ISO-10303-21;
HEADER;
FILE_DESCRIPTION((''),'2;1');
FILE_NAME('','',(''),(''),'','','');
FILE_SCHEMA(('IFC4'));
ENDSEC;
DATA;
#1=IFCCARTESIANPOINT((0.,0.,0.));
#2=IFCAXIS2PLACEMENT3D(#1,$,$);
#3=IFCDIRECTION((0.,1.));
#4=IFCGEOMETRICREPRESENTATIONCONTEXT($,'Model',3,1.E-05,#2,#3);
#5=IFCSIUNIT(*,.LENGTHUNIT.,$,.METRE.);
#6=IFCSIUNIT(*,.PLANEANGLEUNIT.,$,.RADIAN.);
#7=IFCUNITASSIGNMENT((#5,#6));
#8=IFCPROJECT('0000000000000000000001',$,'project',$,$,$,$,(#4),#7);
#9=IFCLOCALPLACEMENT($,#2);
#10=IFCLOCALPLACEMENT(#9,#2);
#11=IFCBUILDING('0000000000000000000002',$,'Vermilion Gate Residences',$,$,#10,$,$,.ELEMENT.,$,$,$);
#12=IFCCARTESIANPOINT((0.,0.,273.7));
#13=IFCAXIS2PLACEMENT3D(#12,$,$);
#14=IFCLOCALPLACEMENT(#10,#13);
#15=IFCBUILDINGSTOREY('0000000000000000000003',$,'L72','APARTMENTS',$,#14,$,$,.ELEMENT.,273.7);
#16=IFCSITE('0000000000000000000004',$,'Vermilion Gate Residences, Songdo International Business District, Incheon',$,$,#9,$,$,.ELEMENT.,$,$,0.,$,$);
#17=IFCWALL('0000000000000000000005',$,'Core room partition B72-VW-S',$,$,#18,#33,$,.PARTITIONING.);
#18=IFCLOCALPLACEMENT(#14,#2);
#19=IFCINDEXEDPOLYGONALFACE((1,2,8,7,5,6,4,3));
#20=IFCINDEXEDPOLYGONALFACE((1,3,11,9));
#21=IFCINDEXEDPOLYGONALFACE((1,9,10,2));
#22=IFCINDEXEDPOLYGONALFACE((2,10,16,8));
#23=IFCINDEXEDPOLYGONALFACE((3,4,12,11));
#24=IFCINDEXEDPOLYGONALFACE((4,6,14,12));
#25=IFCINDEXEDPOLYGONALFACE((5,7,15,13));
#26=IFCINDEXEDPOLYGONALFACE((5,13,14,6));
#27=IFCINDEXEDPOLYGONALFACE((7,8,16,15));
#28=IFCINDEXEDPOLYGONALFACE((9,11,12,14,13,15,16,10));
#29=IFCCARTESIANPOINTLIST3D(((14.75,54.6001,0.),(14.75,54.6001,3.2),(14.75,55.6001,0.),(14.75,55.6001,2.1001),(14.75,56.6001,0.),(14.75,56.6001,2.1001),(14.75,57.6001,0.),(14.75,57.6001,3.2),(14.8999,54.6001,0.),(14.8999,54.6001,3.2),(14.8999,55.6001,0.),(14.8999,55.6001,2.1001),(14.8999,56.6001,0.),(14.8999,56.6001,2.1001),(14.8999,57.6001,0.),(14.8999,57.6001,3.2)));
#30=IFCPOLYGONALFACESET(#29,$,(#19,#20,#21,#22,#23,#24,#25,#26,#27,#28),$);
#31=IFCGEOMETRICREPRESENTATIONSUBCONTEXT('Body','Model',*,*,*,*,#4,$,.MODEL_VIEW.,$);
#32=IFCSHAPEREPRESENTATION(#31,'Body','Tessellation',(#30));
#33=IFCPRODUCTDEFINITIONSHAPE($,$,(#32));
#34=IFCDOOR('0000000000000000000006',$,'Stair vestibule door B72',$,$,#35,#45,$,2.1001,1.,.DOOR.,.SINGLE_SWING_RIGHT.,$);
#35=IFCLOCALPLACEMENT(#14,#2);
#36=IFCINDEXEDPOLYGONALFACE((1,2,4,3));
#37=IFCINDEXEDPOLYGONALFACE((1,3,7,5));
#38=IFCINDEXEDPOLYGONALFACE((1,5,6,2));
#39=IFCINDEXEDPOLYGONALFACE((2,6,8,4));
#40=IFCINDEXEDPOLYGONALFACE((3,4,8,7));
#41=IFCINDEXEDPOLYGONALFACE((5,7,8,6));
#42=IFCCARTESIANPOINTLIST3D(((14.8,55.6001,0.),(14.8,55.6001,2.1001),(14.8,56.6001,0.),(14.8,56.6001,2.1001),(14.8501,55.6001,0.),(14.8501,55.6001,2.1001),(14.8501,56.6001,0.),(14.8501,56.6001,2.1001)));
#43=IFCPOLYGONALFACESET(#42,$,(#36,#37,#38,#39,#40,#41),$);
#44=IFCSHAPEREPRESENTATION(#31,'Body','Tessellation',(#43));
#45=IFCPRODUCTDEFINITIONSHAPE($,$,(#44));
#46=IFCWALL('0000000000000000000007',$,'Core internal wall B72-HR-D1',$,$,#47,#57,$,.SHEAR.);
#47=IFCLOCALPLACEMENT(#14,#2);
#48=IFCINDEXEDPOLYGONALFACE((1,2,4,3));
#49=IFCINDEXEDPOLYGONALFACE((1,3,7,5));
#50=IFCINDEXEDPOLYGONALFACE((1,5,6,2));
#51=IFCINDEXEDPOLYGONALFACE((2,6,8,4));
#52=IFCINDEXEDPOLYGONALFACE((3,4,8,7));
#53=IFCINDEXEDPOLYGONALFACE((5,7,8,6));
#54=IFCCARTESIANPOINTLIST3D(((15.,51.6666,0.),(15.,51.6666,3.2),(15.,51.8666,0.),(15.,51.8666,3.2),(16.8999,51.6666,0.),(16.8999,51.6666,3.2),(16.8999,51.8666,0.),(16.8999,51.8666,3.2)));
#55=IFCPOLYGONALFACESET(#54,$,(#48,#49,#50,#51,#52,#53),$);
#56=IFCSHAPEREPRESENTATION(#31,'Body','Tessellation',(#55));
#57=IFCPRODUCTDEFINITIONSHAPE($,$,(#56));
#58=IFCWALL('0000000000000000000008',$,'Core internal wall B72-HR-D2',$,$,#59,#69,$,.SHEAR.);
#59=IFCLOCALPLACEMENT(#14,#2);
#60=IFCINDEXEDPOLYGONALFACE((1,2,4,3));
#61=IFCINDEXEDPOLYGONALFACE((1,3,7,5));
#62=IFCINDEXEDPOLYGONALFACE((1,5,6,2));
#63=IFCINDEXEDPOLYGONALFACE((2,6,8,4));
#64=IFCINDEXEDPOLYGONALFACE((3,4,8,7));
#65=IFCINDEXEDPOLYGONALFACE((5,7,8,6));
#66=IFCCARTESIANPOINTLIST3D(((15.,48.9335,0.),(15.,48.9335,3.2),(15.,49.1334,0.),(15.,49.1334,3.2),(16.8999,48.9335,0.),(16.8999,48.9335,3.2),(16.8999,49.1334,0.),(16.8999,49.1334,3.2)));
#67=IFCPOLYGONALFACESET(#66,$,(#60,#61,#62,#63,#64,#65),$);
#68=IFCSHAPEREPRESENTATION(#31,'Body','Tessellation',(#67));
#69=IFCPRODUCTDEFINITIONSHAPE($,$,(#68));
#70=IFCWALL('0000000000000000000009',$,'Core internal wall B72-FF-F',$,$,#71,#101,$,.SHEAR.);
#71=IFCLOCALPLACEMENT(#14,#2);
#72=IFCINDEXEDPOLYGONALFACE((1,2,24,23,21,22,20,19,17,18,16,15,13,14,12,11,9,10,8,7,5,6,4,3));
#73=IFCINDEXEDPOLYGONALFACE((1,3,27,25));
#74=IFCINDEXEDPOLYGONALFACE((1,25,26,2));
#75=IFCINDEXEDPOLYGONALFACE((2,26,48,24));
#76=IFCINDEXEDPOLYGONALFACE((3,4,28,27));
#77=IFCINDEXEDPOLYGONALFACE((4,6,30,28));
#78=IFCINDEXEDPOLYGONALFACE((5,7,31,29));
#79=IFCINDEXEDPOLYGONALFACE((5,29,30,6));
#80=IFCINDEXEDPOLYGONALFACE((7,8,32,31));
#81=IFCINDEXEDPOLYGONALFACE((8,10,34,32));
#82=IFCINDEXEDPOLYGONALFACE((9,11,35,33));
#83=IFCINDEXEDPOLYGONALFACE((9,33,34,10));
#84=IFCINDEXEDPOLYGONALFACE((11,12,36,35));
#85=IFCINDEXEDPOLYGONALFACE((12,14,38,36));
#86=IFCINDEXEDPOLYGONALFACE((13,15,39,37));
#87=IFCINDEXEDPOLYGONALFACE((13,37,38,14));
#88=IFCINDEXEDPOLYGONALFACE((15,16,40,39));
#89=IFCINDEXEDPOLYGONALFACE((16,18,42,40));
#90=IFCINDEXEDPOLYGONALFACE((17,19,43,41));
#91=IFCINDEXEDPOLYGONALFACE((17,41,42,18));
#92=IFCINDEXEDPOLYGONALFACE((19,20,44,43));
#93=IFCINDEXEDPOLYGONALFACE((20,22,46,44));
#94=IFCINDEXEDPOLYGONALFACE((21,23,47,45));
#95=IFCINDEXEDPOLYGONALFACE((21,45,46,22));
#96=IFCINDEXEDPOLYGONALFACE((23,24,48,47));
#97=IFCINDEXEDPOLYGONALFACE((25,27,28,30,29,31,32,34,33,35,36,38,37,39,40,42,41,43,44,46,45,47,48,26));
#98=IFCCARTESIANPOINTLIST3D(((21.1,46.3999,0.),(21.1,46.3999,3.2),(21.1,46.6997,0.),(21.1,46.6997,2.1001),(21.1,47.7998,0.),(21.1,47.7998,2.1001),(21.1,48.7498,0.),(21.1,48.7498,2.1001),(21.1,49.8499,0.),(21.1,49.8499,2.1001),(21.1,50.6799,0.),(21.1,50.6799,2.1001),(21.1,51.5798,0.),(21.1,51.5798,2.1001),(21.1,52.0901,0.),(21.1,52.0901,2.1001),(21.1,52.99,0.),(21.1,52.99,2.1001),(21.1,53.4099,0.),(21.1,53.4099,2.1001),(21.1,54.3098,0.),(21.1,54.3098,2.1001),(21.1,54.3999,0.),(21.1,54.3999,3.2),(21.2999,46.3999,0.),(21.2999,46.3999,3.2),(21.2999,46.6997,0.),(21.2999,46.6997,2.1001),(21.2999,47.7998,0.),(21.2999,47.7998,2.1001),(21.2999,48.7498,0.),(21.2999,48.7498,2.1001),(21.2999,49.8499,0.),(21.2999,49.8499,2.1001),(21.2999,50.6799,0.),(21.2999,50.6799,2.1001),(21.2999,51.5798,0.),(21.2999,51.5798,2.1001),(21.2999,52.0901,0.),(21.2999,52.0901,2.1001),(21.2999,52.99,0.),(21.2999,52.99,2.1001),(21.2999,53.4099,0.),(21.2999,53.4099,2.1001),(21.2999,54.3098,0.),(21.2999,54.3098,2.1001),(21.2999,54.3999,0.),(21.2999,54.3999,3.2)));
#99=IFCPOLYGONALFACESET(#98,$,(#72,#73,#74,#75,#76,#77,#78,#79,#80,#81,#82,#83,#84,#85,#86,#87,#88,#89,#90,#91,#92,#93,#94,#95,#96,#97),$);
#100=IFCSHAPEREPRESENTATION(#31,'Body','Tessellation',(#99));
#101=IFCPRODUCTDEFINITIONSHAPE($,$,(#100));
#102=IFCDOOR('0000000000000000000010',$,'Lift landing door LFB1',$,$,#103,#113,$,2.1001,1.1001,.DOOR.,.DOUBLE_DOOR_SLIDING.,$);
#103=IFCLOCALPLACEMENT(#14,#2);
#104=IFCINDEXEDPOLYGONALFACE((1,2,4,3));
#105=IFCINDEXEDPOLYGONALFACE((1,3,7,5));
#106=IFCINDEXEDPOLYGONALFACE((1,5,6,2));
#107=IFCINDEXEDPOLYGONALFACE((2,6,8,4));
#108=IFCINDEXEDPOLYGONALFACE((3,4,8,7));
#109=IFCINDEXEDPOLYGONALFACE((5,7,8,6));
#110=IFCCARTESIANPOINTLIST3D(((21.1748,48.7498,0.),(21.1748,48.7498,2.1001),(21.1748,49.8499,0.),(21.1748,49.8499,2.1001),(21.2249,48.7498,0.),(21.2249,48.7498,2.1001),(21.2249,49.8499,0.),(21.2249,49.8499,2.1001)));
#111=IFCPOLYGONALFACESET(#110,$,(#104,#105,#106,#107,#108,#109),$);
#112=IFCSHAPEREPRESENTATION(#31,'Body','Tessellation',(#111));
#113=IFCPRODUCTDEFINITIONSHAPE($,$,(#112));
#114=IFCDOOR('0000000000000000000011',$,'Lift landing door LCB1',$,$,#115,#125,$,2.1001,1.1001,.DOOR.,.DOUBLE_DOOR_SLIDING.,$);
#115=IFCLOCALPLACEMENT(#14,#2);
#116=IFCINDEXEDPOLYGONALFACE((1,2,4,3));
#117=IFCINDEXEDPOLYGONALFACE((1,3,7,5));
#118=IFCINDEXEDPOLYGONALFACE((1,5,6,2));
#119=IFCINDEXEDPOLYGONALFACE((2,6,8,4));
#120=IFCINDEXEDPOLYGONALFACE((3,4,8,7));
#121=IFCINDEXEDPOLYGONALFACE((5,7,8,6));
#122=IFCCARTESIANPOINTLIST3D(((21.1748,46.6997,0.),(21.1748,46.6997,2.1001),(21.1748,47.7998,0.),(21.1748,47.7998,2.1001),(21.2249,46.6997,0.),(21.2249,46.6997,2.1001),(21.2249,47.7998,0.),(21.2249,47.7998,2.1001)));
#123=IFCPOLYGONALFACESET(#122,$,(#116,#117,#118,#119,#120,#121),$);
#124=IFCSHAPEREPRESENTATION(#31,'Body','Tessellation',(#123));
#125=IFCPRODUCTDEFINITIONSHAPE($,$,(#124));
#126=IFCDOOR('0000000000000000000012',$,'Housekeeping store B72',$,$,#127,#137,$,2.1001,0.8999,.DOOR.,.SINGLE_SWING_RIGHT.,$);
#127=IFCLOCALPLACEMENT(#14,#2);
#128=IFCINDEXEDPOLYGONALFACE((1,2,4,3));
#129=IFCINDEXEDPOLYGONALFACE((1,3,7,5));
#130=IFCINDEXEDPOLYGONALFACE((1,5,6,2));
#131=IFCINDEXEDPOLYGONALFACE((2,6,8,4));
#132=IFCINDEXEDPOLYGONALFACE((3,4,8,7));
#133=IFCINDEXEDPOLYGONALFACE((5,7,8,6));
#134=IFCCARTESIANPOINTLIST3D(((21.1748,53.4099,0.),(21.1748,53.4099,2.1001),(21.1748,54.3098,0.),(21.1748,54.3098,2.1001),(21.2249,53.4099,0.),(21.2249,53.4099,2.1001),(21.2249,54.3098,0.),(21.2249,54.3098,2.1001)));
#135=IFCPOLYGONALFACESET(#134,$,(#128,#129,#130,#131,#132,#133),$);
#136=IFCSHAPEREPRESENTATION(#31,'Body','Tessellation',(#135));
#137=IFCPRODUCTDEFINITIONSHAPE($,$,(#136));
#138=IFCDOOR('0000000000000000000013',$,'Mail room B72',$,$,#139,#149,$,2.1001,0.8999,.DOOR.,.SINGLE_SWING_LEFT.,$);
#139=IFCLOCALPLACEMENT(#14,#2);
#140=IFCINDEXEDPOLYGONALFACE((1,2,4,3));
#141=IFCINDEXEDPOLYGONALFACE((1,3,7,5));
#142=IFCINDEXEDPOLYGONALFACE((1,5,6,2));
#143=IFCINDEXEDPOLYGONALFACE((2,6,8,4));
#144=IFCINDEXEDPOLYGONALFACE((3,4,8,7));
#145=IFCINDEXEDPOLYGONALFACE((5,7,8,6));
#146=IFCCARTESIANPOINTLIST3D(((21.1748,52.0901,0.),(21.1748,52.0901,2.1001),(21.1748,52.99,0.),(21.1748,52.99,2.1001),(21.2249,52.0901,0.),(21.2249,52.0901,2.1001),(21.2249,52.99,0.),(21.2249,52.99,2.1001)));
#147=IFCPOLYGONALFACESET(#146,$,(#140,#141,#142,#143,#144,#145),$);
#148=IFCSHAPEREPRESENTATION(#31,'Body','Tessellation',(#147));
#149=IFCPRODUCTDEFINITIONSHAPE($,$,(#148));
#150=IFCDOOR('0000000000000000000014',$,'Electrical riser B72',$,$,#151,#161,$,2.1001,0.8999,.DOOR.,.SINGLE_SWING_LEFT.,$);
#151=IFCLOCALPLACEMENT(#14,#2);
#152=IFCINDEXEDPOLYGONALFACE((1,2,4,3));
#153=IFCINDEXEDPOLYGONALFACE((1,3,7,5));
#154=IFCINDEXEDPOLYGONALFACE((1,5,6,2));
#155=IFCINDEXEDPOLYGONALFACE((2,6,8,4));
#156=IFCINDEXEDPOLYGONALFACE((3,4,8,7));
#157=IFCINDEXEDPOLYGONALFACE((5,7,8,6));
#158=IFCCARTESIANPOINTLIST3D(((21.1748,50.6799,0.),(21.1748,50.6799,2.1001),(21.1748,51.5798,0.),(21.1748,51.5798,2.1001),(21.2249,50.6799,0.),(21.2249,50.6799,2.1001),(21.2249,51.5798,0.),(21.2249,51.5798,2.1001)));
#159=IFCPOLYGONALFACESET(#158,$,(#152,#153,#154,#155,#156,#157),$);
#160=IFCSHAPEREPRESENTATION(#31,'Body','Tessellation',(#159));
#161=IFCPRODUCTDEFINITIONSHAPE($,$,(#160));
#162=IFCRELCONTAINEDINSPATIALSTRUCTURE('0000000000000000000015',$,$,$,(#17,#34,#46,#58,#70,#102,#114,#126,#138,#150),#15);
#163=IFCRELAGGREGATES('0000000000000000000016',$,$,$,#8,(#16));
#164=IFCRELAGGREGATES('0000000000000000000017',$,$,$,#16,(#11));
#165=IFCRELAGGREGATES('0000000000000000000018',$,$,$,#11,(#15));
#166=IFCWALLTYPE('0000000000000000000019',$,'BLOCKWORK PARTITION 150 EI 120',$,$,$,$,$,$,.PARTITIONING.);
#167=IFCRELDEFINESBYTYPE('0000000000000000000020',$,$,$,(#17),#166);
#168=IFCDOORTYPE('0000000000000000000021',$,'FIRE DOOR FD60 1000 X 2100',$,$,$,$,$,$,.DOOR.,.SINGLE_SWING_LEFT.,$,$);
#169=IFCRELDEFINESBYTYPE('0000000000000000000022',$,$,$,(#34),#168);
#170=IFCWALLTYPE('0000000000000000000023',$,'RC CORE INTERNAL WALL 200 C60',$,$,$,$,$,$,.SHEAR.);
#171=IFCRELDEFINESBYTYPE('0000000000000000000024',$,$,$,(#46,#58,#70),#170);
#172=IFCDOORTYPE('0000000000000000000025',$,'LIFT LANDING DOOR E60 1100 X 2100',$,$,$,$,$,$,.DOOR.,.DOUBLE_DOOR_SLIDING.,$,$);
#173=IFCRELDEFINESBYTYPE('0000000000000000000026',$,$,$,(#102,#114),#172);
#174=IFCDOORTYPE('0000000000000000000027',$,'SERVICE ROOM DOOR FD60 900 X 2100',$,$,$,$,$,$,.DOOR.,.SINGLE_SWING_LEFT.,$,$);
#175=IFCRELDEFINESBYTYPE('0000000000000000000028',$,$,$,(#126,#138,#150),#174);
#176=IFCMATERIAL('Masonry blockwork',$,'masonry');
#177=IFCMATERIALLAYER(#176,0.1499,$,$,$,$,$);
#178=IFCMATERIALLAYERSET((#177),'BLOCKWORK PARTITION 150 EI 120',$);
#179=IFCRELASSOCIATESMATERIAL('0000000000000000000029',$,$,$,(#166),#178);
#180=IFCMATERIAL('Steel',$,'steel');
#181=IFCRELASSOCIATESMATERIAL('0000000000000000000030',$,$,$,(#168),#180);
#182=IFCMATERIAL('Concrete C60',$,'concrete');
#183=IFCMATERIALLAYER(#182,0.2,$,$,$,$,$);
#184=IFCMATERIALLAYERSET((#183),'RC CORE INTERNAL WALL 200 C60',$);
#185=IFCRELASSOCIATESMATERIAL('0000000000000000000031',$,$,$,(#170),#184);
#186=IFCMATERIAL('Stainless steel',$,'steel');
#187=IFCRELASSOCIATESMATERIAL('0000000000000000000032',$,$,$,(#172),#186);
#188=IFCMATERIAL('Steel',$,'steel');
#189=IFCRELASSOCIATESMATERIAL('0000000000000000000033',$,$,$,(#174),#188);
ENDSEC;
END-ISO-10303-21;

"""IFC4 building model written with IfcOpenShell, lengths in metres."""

from ifc_helpers import new_model, si_unit, direction, frame, frame_2d, origin, place, context, subcontext, project, spatial, rectangle, extrude, material, layer, layer_set, type_object, element, fill, save


model = new_model("IFC4")

# Units and contexts
model_context = context("Model", 3, precision=1e-05, world=origin(), true_north=direction((0.0, 1.0)))
body_context = subcontext(model_context, "Body", "Model", "MODEL_VIEW")
ifc_project = project(units=[si_unit("LENGTHUNIT", "METRE"), si_unit("PLANEANGLEUNIT", "RADIAN")], contexts=[model_context])

# Site, building, storey
site_placement = place(None, origin())
site = spatial("IfcSite", under=ifc_project, at=site_placement, Name="Vermilion Gate Residences, Songdo International Business District, Incheon", CompositionType="ELEMENT", RefElevation=0.0)
building_placement = place(site_placement, origin())
building = spatial("IfcBuilding", under=site, at=building_placement, Name="Vermilion Gate Residences", CompositionType="ELEMENT")
storey_placement = place(building_placement, frame((0.0, 0.0, 273.7)))
storey = spatial("IfcBuildingStorey", under=building, at=storey_placement, Name="L72", Description="APARTMENTS", CompositionType="ELEMENT", Elevation=273.7)

# Wall, opening, door
ifc_material_1 = material(Name="Masonry blockwork", Category="masonry")
ifc_layer_1 = layer(ifc_material_1, 0.1499)
ifc_layer_set_1 = layer_set([ifc_layer_1], Name="BLOCKWORK PARTITION 150 EI 120")
wall_type_1 = type_object("IfcWallType", Name="BLOCKWORK PARTITION 150 EI 120", PredefinedType="PARTITIONING", material=ifc_layer_set_1)
wall_1_placement = place(storey_placement, frame((14.825, 57.6001, 0.0), z_axis=(0.0, 0.0, 1.0), x_axis=(0.0, -1.0, 0.0)))
wall_1 = element("IfcWall", 1, at=wall_1_placement, inside=storey, type_object=wall_type_1, Name="Core room partition B72-VW-S", PredefinedType="PARTITIONING", context=body_context, shape_type="SweptSolid", body=[
    extrude(rectangle(XDim=3.0, YDim=0.1499, at=frame_2d((1.5, 0.0))), origin(), (0.0, 0.0, 1.0), 3.2),
])
opening_1_placement = place(wall_1_placement, frame((1.0, 0.0, 0.0)))
opening_1 = element("IfcOpeningElement", 2, at=opening_1_placement, cuts=wall_1, PredefinedType="OPENING", context=body_context, shape_type="SweptSolid", body=[
    extrude(rectangle(XDim=1.0, YDim=2.1001, at=frame_2d((0.5, 1.05))), frame((0.0, 0.085, 0.0), z_axis=(0.0, -1.0, 0.0), x_axis=(1.0, 0.0, 0.0)), (0.0, 0.0, 1.0), 0.1699),
])
ifc_material_2 = material(Name="Steel", Category="steel")
door_type_1 = type_object("IfcDoorType", Name="FIRE DOOR FD60 1000 X 2100", OperationType="SINGLE_SWING_LEFT", PredefinedType="DOOR", material=ifc_material_2)
door_1_placement = place(opening_1_placement, frame((1.0, 0.0, 0.0), z_axis=(0.0, 0.0, 1.0), x_axis=(-1.0, 0.0, 0.0)))
door_1 = element("IfcDoor", 3, at=door_1_placement, inside=storey, type_object=door_type_1, Name="Stair vestibule door B72", OperationType="SINGLE_SWING_RIGHT", OverallHeight=2.1001, OverallWidth=1.0, PredefinedType="DOOR", context=body_context, shape_type="SweptSolid", body=[
    extrude(rectangle(XDim=1.0, YDim=2.1001, at=frame_2d((0.5, 1.05))), frame((0.0, 0.0249, 0.0), z_axis=(0.0, -1.0, 0.0), x_axis=(1.0, 0.0, 0.0)), (0.0, 0.0, 1.0), 0.05),
])
fill(opening_1, door_1)

# Walls
ifc_material_3 = material(Name="Concrete C60", Category="concrete")
ifc_layer_2 = layer(ifc_material_3, 0.2)
ifc_layer_set_2 = layer_set([ifc_layer_2], Name="RC CORE INTERNAL WALL 200 C60")
wall_type_2 = type_object("IfcWallType", Name="RC CORE INTERNAL WALL 200 C60", PredefinedType="SHEAR", material=ifc_layer_set_2)
for number, where, z_axis, x_axis, name in (
    (4, (15.0, 51.7666, 0.0), (0.0, 0.0, 1.0), (1.0, 0.0, 0.0), "Core internal wall B72-HR-D1"),
    (5, (15.0, 49.0334, 0.0), (0.0, 0.0, 1.0), (1.0, 0.0, 0.0), "Core internal wall B72-HR-D2"),
):
    element("IfcWall", number, at=place(storey_placement, frame(where, z_axis=z_axis, x_axis=x_axis)), inside=storey, type_object=wall_type_2, Name=name, PredefinedType="SHEAR", context=body_context, shape_type="SweptSolid", body=[
        extrude(rectangle(XDim=1.8999, YDim=0.2, at=frame_2d((0.95, 0.0))), origin(), (0.0, 0.0, 1.0), 3.2),
    ])

# Wall, openings, doors
wall_2_placement = place(storey_placement, frame((21.2, 54.3999, 0.0), z_axis=(0.0, 0.0, 1.0), x_axis=(0.0, -1.0, 0.0)))
wall_2 = element("IfcWall", 6, at=wall_2_placement, inside=storey, type_object=wall_type_2, Name="Core internal wall B72-FF-F", PredefinedType="SHEAR", context=body_context, shape_type="SweptSolid", body=[
    extrude(rectangle(XDim=8.0, YDim=0.2, at=frame_2d((4.0, 0.0))), origin(), (0.0, 0.0, 1.0), 3.2),
])
opening_2_placement = place(wall_2_placement, frame((0.0901, 0.0, 0.0)))
opening_2 = element("IfcOpeningElement", 7, at=opening_2_placement, cuts=wall_2, PredefinedType="OPENING", context=body_context, shape_type="SweptSolid", body=[
    extrude(rectangle(XDim=0.8999, YDim=2.1001, at=frame_2d((0.45, 1.05))), frame((0.0, 0.1099, 0.0), z_axis=(0.0, -1.0, 0.0), x_axis=(1.0, 0.0, 0.0)), (0.0, 0.0, 1.0), 0.22),
])
opening_3_placement = place(wall_2_placement, frame((1.4099, 0.0, 0.0)))
opening_3 = element("IfcOpeningElement", 8, at=opening_3_placement, cuts=wall_2, PredefinedType="OPENING", context=body_context, shape_type="SweptSolid", body=[
    extrude(rectangle(XDim=0.8999, YDim=2.1001, at=frame_2d((0.45, 1.05))), frame((0.0, 0.1099, 0.0), z_axis=(0.0, -1.0, 0.0), x_axis=(1.0, 0.0, 0.0)), (0.0, 0.0, 1.0), 0.22),
])
opening_4_placement = place(wall_2_placement, frame((2.8201, 0.0, 0.0)))
opening_4 = element("IfcOpeningElement", 9, at=opening_4_placement, cuts=wall_2, PredefinedType="OPENING", context=body_context, shape_type="SweptSolid", body=[
    extrude(rectangle(XDim=0.8999, YDim=2.1001, at=frame_2d((0.45, 1.05))), frame((0.0, 0.1099, 0.0), z_axis=(0.0, -1.0, 0.0), x_axis=(1.0, 0.0, 0.0)), (0.0, 0.0, 1.0), 0.22),
])
opening_5_placement = place(wall_2_placement, frame((4.55, 0.0, 0.0)))
opening_5 = element("IfcOpeningElement", 10, at=opening_5_placement, cuts=wall_2, PredefinedType="OPENING", context=body_context, shape_type="SweptSolid", body=[
    extrude(rectangle(XDim=1.1001, YDim=2.1001, at=frame_2d((0.55, 1.05))), frame((0.0, 0.1099, 0.0), z_axis=(0.0, -1.0, 0.0), x_axis=(1.0, 0.0, 0.0)), (0.0, 0.0, 1.0), 0.22),
])
opening_6_placement = place(wall_2_placement, frame((6.6001, 0.0, 0.0)))
opening_6 = element("IfcOpeningElement", 11, at=opening_6_placement, cuts=wall_2, PredefinedType="OPENING", context=body_context, shape_type="SweptSolid", body=[
    extrude(rectangle(XDim=1.1001, YDim=2.1001, at=frame_2d((0.55, 1.05))), frame((0.0, 0.1099, 0.0), z_axis=(0.0, -1.0, 0.0), x_axis=(1.0, 0.0, 0.0)), (0.0, 0.0, 1.0), 0.22),
])
ifc_material_4 = material(Name="Stainless steel", Category="steel")
door_type_2 = type_object("IfcDoorType", Name="LIFT LANDING DOOR E60 1100 X 2100", OperationType="DOUBLE_DOOR_SLIDING", PredefinedType="DOOR", material=ifc_material_4)
door_2_placement = place(opening_5_placement, origin())
door_2 = element("IfcDoor", 12, at=door_2_placement, inside=storey, type_object=door_type_2, Name="Lift landing door LFB1", OperationType="DOUBLE_DOOR_SLIDING", OverallHeight=2.1001, OverallWidth=1.1001, PredefinedType="DOOR", context=body_context, shape_type="SweptSolid", body=[
    extrude(rectangle(XDim=1.1001, YDim=2.1001, at=frame_2d((0.55, 1.05))), frame((0.0, 0.0249, 0.0), z_axis=(0.0, -1.0, 0.0), x_axis=(1.0, 0.0, 0.0)), (0.0, 0.0, 1.0), 0.05),
])
fill(opening_5, door_2)
door_3_placement = place(opening_6_placement, origin())
door_3 = element("IfcDoor", 13, at=door_3_placement, inside=storey, type_object=door_type_2, Name="Lift landing door LCB1", OperationType="DOUBLE_DOOR_SLIDING", OverallHeight=2.1001, OverallWidth=1.1001, PredefinedType="DOOR", context=body_context, shape_type="SweptSolid", body=[
    extrude(rectangle(XDim=1.1001, YDim=2.1001, at=frame_2d((0.55, 1.05))), frame((0.0, 0.0249, 0.0), z_axis=(0.0, -1.0, 0.0), x_axis=(1.0, 0.0, 0.0)), (0.0, 0.0, 1.0), 0.05),
])
fill(opening_6, door_3)
ifc_material_5 = material(Name="Steel", Category="steel")
door_type_3 = type_object("IfcDoorType", Name="SERVICE ROOM DOOR FD60 900 X 2100", OperationType="SINGLE_SWING_LEFT", PredefinedType="DOOR", material=ifc_material_5)
door_4_placement = place(opening_2_placement, origin())
door_4 = element("IfcDoor", 14, at=door_4_placement, inside=storey, type_object=door_type_3, Name="Housekeeping store B72", OperationType="SINGLE_SWING_RIGHT", OverallHeight=2.1001, OverallWidth=0.8999, PredefinedType="DOOR", context=body_context, shape_type="SweptSolid", body=[
    extrude(rectangle(XDim=0.8999, YDim=2.1001, at=frame_2d((0.45, 1.05))), frame((0.0, 0.0249, 0.0), z_axis=(0.0, -1.0, 0.0), x_axis=(1.0, 0.0, 0.0)), (0.0, 0.0, 1.0), 0.05),
])
fill(opening_2, door_4)
door_5_placement = place(opening_3_placement, origin())
door_5 = element("IfcDoor", 15, at=door_5_placement, inside=storey, type_object=door_type_3, Name="Mail room B72", OperationType="SINGLE_SWING_LEFT", OverallHeight=2.1001, OverallWidth=0.8999, PredefinedType="DOOR", context=body_context, shape_type="SweptSolid", body=[
    extrude(rectangle(XDim=0.8999, YDim=2.1001, at=frame_2d((0.45, 1.05))), frame((0.0, 0.0249, 0.0), z_axis=(0.0, -1.0, 0.0), x_axis=(1.0, 0.0, 0.0)), (0.0, 0.0, 1.0), 0.05),
])
fill(opening_3, door_5)
door_6_placement = place(opening_4_placement, origin())
door_6 = element("IfcDoor", 16, at=door_6_placement, inside=storey, type_object=door_type_3, Name="Electrical riser B72", OperationType="SINGLE_SWING_LEFT", OverallHeight=2.1001, OverallWidth=0.8999, PredefinedType="DOOR", context=body_context, shape_type="SweptSolid", body=[
    extrude(rectangle(XDim=0.8999, YDim=2.1001, at=frame_2d((0.45, 1.05))), frame((0.0, 0.0249, 0.0), z_axis=(0.0, -1.0, 0.0), x_axis=(1.0, 0.0, 0.0)), (0.0, 0.0, 1.0), 0.05),
])
fill(opening_4, door_6)

save(model, "model.ifc")
